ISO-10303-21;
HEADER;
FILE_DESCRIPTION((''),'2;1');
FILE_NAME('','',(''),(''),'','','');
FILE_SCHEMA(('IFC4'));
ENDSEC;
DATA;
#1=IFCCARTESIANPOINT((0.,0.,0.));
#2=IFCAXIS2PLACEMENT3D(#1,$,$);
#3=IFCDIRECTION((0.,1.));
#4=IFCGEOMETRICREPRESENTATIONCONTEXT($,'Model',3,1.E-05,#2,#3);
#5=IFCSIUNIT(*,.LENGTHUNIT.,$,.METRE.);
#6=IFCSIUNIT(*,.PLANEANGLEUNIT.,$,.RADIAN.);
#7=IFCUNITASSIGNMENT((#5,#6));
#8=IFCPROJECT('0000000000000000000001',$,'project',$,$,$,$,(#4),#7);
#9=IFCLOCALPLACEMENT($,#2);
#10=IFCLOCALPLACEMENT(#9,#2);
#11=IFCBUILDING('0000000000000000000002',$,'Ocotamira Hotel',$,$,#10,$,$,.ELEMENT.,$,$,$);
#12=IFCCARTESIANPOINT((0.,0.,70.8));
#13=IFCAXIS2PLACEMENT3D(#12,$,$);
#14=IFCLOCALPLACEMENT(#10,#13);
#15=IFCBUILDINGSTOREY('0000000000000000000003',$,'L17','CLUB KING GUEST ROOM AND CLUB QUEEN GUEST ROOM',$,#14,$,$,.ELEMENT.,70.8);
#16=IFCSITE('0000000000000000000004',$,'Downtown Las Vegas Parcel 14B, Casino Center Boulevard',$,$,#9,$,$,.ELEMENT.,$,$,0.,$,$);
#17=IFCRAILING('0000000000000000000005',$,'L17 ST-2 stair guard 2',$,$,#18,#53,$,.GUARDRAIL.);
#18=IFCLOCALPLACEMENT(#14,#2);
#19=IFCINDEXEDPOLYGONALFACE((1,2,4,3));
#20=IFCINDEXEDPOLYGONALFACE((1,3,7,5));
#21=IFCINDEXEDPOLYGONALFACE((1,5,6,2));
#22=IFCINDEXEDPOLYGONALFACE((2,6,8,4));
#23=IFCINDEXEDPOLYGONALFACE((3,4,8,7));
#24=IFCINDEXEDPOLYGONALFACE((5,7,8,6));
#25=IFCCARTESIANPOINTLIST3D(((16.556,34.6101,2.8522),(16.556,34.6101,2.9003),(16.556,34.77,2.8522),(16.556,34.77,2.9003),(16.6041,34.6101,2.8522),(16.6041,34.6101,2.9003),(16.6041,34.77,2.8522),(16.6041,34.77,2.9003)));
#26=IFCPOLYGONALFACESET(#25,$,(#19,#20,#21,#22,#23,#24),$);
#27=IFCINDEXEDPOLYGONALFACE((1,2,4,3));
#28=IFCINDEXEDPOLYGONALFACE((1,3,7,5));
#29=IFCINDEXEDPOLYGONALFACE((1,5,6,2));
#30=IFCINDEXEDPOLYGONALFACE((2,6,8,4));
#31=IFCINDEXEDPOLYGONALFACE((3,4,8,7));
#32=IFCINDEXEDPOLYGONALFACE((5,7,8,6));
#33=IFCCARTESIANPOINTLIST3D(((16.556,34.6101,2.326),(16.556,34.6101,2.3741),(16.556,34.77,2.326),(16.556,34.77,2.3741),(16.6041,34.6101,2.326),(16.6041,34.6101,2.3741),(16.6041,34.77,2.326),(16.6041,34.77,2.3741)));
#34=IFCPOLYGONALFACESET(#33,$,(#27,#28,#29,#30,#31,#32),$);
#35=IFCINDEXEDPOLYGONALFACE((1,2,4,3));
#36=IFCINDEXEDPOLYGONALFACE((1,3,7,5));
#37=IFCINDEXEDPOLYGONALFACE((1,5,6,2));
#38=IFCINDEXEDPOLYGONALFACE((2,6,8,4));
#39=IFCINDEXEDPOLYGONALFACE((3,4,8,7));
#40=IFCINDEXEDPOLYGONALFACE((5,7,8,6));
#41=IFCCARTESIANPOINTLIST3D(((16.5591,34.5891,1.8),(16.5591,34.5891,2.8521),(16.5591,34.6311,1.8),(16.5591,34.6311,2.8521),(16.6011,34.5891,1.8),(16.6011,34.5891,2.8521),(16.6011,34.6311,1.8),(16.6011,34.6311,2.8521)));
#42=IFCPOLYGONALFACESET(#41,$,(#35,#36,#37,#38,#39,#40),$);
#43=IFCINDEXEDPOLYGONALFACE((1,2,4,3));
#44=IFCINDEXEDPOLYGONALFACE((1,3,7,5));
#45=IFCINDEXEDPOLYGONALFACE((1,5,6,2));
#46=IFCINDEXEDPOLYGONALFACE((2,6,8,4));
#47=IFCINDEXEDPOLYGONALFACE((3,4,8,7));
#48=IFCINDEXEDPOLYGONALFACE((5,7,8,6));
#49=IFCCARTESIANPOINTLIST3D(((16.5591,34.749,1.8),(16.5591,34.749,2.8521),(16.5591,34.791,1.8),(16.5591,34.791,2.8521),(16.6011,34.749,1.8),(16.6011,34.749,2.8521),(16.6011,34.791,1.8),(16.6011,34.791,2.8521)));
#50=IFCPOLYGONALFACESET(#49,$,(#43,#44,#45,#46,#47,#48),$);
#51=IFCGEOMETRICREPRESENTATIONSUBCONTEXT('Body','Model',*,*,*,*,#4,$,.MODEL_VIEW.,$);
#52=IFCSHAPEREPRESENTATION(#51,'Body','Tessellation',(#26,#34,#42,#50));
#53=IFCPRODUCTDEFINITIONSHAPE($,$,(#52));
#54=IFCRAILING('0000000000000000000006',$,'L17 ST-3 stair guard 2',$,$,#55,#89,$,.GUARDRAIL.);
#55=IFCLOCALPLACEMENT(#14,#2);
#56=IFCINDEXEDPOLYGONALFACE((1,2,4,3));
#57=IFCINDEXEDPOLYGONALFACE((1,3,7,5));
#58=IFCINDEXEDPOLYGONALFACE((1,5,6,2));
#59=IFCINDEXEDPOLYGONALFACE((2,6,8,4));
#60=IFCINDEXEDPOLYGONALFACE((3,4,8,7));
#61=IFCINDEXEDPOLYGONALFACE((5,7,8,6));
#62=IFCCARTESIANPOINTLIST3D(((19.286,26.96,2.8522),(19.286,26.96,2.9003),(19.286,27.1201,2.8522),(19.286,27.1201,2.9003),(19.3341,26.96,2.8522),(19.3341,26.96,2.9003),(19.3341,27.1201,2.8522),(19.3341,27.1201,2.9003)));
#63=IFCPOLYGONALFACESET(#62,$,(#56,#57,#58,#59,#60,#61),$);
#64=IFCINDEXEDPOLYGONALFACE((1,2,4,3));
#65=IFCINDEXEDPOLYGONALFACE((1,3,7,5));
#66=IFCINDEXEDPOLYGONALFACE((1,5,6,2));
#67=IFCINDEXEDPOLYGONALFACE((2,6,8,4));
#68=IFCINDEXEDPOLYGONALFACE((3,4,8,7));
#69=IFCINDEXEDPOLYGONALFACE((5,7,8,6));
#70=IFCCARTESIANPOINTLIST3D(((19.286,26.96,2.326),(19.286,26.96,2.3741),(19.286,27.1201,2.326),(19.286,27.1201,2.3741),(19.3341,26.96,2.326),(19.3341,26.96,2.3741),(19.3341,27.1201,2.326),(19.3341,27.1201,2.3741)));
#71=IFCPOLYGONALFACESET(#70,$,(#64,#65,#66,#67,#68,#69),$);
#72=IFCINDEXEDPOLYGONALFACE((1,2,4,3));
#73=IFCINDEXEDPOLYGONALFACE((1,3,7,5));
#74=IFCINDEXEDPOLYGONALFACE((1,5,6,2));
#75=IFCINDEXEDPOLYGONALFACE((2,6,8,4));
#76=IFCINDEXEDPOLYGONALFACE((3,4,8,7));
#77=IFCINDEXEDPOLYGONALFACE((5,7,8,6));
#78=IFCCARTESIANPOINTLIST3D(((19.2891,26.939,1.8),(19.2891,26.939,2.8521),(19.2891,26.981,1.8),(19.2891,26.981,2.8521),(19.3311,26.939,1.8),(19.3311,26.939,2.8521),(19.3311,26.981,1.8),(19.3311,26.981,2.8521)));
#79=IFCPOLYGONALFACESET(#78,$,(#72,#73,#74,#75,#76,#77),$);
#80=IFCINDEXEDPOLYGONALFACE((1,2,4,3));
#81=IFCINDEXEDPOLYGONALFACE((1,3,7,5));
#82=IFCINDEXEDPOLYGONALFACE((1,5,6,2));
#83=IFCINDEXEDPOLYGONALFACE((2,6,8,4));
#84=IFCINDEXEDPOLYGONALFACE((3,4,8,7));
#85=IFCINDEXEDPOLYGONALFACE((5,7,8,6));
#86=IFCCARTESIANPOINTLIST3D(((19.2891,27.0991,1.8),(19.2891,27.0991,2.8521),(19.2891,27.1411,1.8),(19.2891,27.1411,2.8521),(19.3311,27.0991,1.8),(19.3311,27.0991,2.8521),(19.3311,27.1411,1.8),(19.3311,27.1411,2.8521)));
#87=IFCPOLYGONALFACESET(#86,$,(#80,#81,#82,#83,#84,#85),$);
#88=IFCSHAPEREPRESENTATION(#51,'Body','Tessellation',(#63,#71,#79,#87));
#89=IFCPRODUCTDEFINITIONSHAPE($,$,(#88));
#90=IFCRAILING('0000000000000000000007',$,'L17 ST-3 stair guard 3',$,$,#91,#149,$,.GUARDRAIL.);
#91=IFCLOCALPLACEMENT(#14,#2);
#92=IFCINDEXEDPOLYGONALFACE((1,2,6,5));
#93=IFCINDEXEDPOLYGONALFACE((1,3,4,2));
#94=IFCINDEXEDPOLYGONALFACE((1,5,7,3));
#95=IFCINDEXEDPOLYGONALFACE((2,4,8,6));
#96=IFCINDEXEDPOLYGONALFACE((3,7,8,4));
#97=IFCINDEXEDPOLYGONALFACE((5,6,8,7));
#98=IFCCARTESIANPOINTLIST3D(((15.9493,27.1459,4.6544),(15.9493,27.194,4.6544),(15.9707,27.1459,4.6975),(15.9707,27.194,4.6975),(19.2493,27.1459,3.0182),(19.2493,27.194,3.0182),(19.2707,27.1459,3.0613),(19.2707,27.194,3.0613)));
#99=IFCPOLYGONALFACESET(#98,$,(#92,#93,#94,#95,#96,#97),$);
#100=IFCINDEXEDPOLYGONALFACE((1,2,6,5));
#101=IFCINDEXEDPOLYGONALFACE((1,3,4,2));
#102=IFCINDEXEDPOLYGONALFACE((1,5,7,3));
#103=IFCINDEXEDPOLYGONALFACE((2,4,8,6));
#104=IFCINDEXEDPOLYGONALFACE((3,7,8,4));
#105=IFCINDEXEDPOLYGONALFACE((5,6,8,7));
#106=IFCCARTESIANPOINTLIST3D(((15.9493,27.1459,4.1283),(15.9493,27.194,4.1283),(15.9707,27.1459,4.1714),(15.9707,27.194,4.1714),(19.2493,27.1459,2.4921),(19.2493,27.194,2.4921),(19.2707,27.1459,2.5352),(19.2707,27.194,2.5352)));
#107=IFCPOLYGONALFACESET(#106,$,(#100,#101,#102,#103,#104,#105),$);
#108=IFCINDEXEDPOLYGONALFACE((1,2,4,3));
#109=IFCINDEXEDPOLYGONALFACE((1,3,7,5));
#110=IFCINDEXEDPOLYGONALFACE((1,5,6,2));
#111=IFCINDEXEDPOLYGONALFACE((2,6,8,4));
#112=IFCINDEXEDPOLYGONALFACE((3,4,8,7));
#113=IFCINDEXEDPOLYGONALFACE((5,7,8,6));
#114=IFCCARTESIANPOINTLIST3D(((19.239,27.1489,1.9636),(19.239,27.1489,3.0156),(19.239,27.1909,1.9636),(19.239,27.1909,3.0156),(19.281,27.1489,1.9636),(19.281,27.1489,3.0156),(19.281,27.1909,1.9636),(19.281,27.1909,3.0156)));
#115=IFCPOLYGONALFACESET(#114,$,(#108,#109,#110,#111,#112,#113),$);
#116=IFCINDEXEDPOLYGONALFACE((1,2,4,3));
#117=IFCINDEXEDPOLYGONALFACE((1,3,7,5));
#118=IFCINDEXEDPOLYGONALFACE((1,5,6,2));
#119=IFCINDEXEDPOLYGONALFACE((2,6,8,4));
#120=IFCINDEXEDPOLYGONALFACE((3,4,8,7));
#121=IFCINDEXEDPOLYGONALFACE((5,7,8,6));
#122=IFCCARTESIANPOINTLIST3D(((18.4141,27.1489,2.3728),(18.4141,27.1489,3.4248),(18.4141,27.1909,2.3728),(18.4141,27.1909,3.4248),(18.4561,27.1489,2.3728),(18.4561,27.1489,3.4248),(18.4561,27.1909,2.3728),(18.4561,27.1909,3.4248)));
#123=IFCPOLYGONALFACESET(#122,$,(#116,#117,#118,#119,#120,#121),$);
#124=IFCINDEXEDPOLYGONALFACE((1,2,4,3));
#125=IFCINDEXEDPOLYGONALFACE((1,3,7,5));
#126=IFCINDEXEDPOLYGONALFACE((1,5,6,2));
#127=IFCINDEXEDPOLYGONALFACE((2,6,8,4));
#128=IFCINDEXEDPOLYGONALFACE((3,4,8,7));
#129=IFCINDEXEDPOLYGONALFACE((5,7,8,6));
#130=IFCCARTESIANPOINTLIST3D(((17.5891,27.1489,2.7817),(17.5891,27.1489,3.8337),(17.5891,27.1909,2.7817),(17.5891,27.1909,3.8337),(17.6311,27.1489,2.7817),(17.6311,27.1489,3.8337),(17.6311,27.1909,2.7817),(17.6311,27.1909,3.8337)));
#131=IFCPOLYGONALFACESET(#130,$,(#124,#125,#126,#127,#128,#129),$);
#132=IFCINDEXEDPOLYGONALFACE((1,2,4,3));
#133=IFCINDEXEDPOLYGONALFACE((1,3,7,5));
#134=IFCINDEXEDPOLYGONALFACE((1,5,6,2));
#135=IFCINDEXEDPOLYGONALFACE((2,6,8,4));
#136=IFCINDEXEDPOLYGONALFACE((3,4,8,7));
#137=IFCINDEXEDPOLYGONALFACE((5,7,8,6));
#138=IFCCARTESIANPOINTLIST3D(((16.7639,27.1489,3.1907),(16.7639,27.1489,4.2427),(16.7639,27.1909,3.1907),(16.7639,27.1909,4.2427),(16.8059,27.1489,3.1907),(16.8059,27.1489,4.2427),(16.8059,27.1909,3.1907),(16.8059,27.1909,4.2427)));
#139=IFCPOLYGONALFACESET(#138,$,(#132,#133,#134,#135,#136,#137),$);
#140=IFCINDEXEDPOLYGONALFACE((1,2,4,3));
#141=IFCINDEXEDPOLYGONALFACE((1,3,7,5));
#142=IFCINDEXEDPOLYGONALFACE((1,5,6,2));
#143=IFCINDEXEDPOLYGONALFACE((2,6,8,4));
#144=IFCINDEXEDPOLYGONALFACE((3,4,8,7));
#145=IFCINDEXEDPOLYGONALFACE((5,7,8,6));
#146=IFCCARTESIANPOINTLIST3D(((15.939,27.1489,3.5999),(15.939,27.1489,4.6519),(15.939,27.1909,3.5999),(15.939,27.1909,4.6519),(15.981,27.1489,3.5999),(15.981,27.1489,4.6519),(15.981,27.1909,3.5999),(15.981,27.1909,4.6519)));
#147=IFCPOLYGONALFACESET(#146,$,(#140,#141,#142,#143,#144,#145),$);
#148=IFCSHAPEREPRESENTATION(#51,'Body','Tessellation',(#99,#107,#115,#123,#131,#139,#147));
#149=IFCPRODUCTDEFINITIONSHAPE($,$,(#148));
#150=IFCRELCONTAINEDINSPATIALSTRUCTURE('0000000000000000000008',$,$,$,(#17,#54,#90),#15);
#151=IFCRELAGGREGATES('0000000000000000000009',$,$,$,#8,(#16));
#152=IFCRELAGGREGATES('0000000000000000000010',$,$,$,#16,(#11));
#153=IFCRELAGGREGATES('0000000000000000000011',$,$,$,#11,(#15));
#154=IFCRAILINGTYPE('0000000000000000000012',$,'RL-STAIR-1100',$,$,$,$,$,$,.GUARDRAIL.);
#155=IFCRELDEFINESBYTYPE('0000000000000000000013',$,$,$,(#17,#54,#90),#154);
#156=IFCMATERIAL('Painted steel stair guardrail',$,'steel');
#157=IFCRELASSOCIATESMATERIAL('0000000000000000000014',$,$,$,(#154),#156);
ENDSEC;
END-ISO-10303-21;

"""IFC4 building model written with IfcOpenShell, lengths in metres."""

from ifc_helpers import new_model, si_unit, direction, frame, origin, origin_2d, place, context, subcontext, project, spatial, rectangle, extrude, material, type_object, element, save


model = new_model("IFC4")

# Units and contexts
model_context = context("Model", 3, precision=1e-05, world=origin(), true_north=direction((0.0, 1.0)))
body_context = subcontext(model_context, "Body", "Model", "MODEL_VIEW")
ifc_project = project(units=[si_unit("LENGTHUNIT", "METRE"), si_unit("PLANEANGLEUNIT", "RADIAN")], contexts=[model_context])

# Site, building, storey
site_placement = place(None, origin())
site = spatial("IfcSite", under=ifc_project, at=site_placement, Name="Downtown Las Vegas Parcel 14B, Casino Center Boulevard", CompositionType="ELEMENT", RefElevation=0.0)
building_placement = place(site_placement, origin())
building = spatial("IfcBuilding", under=site, at=building_placement, Name="Ocotamira Hotel", CompositionType="ELEMENT")
storey_placement = place(building_placement, frame((0.0, 0.0, 70.8)))
storey = spatial("IfcBuildingStorey", under=building, at=storey_placement, Name="L17", Description="CLUB KING GUEST ROOM AND CLUB QUEEN GUEST ROOM", CompositionType="ELEMENT", Elevation=70.8)

# Railings
ifc_material_1 = material(Name="Painted steel stair guardrail", Category="steel")
railing_type_1 = type_object("IfcRailingType", Name="RL-STAIR-1100", PredefinedType="GUARDRAIL", material=ifc_material_1)
railing_1_placement = place(storey_placement, frame((16.5801, 34.6101, 1.8)))
element("IfcRailing", 1, at=railing_1_placement, inside=storey, type_object=railing_type_1, Name="L17 ST-2 stair guard 2", PredefinedType="GUARDRAIL", context=body_context, shape_type="SweptSolid", body=[
    extrude(rectangle(XDim=0.0481, YDim=0.0481, at=origin_2d()), frame((0.0, 0.0, 1.0762), z_axis=(0.0, 1.0, 0.0), x_axis=(-1.0, 0.0, 0.0)), (0.0, 0.0, 1.0), 0.1599),
    extrude(rectangle(XDim=0.0481, YDim=0.0481, at=origin_2d()), frame((0.0, 0.0, 0.55), z_axis=(0.0, 1.0, 0.0), x_axis=(-1.0, 0.0, 0.0)), (0.0, 0.0, 1.0), 0.1599),
    extrude(rectangle(XDim=0.042, YDim=0.042, at=origin_2d()), origin(), (0.0, 0.0, 1.0), 1.052),
    extrude(rectangle(XDim=0.042, YDim=0.042, at=origin_2d()), frame((0.0, 0.1599, 0.0)), (0.0, 0.0, 1.0), 1.052),
])
railing_2_placement = place(storey_placement, frame((19.3101, 26.96, 1.8)))
element("IfcRailing", 2, at=railing_2_placement, inside=storey, type_object=railing_type_1, Name="L17 ST-3 stair guard 2", PredefinedType="GUARDRAIL", context=body_context, shape_type="SweptSolid", body=[
    extrude(rectangle(XDim=0.0481, YDim=0.0481, at=origin_2d()), frame((0.0, 0.0, 1.0762), z_axis=(0.0, 1.0, 0.0), x_axis=(-1.0, 0.0, 0.0)), (0.0, 0.0, 1.0), 0.1602),
    extrude(rectangle(XDim=0.0481, YDim=0.0481, at=origin_2d()), frame((0.0, 0.0, 0.55), z_axis=(0.0, 1.0, 0.0), x_axis=(-1.0, 0.0, 0.0)), (0.0, 0.0, 1.0), 0.1602),
    extrude(rectangle(XDim=0.042, YDim=0.042, at=origin_2d()), origin(), (0.0, 0.0, 1.0), 1.052),
    extrude(rectangle(XDim=0.042, YDim=0.042, at=origin_2d()), frame((0.0, 0.1602, 0.0)), (0.0, 0.0, 1.0), 1.052),
])
railing_3_placement = place(storey_placement, frame((19.26, 27.1699, 1.9636)))
element("IfcRailing", 3, at=railing_3_placement, inside=storey, type_object=railing_type_1, Name="L17 ST-3 stair guard 3", PredefinedType="GUARDRAIL", context=body_context, shape_type="SweptSolid", body=[
    extrude(rectangle(XDim=0.0481, YDim=0.0481, at=origin_2d()), frame((0.0, 0.0, 1.0762), z_axis=(-0.89592, 0.0, 0.444215), x_axis=(0.0, -1.0, 0.0)), (0.0, 0.0, 1.0), 3.6833),
    extrude(rectangle(XDim=0.0481, YDim=0.0481, at=origin_2d()), frame((0.0, 0.0, 0.55), z_axis=(-0.89592, 0.0, 0.444215), x_axis=(0.0, -1.0, 0.0)), (0.0, 0.0, 1.0), 3.6833),
    extrude(rectangle(XDim=0.042, YDim=0.042, at=origin_2d()), origin(), (0.0, 0.0, 1.0), 1.052),
    extrude(rectangle(XDim=0.042, YDim=0.042, at=origin_2d()), frame((-0.825, 0.0, 0.4092)), (0.0, 0.0, 1.0), 1.052),
    extrude(rectangle(XDim=0.042, YDim=0.042, at=origin_2d()), frame((-1.6499, 0.0, 0.8181)), (0.0, 0.0, 1.0), 1.052),
    extrude(rectangle(XDim=0.042, YDim=0.042, at=origin_2d()), frame((-2.4751, 0.0, 1.2271)), (0.0, 0.0, 1.0), 1.052),
    extrude(rectangle(XDim=0.042, YDim=0.042, at=origin_2d()), frame((-3.3, 0.0, 1.6362)), (0.0, 0.0, 1.0), 1.052),
])

save(model, "model.ifc")
